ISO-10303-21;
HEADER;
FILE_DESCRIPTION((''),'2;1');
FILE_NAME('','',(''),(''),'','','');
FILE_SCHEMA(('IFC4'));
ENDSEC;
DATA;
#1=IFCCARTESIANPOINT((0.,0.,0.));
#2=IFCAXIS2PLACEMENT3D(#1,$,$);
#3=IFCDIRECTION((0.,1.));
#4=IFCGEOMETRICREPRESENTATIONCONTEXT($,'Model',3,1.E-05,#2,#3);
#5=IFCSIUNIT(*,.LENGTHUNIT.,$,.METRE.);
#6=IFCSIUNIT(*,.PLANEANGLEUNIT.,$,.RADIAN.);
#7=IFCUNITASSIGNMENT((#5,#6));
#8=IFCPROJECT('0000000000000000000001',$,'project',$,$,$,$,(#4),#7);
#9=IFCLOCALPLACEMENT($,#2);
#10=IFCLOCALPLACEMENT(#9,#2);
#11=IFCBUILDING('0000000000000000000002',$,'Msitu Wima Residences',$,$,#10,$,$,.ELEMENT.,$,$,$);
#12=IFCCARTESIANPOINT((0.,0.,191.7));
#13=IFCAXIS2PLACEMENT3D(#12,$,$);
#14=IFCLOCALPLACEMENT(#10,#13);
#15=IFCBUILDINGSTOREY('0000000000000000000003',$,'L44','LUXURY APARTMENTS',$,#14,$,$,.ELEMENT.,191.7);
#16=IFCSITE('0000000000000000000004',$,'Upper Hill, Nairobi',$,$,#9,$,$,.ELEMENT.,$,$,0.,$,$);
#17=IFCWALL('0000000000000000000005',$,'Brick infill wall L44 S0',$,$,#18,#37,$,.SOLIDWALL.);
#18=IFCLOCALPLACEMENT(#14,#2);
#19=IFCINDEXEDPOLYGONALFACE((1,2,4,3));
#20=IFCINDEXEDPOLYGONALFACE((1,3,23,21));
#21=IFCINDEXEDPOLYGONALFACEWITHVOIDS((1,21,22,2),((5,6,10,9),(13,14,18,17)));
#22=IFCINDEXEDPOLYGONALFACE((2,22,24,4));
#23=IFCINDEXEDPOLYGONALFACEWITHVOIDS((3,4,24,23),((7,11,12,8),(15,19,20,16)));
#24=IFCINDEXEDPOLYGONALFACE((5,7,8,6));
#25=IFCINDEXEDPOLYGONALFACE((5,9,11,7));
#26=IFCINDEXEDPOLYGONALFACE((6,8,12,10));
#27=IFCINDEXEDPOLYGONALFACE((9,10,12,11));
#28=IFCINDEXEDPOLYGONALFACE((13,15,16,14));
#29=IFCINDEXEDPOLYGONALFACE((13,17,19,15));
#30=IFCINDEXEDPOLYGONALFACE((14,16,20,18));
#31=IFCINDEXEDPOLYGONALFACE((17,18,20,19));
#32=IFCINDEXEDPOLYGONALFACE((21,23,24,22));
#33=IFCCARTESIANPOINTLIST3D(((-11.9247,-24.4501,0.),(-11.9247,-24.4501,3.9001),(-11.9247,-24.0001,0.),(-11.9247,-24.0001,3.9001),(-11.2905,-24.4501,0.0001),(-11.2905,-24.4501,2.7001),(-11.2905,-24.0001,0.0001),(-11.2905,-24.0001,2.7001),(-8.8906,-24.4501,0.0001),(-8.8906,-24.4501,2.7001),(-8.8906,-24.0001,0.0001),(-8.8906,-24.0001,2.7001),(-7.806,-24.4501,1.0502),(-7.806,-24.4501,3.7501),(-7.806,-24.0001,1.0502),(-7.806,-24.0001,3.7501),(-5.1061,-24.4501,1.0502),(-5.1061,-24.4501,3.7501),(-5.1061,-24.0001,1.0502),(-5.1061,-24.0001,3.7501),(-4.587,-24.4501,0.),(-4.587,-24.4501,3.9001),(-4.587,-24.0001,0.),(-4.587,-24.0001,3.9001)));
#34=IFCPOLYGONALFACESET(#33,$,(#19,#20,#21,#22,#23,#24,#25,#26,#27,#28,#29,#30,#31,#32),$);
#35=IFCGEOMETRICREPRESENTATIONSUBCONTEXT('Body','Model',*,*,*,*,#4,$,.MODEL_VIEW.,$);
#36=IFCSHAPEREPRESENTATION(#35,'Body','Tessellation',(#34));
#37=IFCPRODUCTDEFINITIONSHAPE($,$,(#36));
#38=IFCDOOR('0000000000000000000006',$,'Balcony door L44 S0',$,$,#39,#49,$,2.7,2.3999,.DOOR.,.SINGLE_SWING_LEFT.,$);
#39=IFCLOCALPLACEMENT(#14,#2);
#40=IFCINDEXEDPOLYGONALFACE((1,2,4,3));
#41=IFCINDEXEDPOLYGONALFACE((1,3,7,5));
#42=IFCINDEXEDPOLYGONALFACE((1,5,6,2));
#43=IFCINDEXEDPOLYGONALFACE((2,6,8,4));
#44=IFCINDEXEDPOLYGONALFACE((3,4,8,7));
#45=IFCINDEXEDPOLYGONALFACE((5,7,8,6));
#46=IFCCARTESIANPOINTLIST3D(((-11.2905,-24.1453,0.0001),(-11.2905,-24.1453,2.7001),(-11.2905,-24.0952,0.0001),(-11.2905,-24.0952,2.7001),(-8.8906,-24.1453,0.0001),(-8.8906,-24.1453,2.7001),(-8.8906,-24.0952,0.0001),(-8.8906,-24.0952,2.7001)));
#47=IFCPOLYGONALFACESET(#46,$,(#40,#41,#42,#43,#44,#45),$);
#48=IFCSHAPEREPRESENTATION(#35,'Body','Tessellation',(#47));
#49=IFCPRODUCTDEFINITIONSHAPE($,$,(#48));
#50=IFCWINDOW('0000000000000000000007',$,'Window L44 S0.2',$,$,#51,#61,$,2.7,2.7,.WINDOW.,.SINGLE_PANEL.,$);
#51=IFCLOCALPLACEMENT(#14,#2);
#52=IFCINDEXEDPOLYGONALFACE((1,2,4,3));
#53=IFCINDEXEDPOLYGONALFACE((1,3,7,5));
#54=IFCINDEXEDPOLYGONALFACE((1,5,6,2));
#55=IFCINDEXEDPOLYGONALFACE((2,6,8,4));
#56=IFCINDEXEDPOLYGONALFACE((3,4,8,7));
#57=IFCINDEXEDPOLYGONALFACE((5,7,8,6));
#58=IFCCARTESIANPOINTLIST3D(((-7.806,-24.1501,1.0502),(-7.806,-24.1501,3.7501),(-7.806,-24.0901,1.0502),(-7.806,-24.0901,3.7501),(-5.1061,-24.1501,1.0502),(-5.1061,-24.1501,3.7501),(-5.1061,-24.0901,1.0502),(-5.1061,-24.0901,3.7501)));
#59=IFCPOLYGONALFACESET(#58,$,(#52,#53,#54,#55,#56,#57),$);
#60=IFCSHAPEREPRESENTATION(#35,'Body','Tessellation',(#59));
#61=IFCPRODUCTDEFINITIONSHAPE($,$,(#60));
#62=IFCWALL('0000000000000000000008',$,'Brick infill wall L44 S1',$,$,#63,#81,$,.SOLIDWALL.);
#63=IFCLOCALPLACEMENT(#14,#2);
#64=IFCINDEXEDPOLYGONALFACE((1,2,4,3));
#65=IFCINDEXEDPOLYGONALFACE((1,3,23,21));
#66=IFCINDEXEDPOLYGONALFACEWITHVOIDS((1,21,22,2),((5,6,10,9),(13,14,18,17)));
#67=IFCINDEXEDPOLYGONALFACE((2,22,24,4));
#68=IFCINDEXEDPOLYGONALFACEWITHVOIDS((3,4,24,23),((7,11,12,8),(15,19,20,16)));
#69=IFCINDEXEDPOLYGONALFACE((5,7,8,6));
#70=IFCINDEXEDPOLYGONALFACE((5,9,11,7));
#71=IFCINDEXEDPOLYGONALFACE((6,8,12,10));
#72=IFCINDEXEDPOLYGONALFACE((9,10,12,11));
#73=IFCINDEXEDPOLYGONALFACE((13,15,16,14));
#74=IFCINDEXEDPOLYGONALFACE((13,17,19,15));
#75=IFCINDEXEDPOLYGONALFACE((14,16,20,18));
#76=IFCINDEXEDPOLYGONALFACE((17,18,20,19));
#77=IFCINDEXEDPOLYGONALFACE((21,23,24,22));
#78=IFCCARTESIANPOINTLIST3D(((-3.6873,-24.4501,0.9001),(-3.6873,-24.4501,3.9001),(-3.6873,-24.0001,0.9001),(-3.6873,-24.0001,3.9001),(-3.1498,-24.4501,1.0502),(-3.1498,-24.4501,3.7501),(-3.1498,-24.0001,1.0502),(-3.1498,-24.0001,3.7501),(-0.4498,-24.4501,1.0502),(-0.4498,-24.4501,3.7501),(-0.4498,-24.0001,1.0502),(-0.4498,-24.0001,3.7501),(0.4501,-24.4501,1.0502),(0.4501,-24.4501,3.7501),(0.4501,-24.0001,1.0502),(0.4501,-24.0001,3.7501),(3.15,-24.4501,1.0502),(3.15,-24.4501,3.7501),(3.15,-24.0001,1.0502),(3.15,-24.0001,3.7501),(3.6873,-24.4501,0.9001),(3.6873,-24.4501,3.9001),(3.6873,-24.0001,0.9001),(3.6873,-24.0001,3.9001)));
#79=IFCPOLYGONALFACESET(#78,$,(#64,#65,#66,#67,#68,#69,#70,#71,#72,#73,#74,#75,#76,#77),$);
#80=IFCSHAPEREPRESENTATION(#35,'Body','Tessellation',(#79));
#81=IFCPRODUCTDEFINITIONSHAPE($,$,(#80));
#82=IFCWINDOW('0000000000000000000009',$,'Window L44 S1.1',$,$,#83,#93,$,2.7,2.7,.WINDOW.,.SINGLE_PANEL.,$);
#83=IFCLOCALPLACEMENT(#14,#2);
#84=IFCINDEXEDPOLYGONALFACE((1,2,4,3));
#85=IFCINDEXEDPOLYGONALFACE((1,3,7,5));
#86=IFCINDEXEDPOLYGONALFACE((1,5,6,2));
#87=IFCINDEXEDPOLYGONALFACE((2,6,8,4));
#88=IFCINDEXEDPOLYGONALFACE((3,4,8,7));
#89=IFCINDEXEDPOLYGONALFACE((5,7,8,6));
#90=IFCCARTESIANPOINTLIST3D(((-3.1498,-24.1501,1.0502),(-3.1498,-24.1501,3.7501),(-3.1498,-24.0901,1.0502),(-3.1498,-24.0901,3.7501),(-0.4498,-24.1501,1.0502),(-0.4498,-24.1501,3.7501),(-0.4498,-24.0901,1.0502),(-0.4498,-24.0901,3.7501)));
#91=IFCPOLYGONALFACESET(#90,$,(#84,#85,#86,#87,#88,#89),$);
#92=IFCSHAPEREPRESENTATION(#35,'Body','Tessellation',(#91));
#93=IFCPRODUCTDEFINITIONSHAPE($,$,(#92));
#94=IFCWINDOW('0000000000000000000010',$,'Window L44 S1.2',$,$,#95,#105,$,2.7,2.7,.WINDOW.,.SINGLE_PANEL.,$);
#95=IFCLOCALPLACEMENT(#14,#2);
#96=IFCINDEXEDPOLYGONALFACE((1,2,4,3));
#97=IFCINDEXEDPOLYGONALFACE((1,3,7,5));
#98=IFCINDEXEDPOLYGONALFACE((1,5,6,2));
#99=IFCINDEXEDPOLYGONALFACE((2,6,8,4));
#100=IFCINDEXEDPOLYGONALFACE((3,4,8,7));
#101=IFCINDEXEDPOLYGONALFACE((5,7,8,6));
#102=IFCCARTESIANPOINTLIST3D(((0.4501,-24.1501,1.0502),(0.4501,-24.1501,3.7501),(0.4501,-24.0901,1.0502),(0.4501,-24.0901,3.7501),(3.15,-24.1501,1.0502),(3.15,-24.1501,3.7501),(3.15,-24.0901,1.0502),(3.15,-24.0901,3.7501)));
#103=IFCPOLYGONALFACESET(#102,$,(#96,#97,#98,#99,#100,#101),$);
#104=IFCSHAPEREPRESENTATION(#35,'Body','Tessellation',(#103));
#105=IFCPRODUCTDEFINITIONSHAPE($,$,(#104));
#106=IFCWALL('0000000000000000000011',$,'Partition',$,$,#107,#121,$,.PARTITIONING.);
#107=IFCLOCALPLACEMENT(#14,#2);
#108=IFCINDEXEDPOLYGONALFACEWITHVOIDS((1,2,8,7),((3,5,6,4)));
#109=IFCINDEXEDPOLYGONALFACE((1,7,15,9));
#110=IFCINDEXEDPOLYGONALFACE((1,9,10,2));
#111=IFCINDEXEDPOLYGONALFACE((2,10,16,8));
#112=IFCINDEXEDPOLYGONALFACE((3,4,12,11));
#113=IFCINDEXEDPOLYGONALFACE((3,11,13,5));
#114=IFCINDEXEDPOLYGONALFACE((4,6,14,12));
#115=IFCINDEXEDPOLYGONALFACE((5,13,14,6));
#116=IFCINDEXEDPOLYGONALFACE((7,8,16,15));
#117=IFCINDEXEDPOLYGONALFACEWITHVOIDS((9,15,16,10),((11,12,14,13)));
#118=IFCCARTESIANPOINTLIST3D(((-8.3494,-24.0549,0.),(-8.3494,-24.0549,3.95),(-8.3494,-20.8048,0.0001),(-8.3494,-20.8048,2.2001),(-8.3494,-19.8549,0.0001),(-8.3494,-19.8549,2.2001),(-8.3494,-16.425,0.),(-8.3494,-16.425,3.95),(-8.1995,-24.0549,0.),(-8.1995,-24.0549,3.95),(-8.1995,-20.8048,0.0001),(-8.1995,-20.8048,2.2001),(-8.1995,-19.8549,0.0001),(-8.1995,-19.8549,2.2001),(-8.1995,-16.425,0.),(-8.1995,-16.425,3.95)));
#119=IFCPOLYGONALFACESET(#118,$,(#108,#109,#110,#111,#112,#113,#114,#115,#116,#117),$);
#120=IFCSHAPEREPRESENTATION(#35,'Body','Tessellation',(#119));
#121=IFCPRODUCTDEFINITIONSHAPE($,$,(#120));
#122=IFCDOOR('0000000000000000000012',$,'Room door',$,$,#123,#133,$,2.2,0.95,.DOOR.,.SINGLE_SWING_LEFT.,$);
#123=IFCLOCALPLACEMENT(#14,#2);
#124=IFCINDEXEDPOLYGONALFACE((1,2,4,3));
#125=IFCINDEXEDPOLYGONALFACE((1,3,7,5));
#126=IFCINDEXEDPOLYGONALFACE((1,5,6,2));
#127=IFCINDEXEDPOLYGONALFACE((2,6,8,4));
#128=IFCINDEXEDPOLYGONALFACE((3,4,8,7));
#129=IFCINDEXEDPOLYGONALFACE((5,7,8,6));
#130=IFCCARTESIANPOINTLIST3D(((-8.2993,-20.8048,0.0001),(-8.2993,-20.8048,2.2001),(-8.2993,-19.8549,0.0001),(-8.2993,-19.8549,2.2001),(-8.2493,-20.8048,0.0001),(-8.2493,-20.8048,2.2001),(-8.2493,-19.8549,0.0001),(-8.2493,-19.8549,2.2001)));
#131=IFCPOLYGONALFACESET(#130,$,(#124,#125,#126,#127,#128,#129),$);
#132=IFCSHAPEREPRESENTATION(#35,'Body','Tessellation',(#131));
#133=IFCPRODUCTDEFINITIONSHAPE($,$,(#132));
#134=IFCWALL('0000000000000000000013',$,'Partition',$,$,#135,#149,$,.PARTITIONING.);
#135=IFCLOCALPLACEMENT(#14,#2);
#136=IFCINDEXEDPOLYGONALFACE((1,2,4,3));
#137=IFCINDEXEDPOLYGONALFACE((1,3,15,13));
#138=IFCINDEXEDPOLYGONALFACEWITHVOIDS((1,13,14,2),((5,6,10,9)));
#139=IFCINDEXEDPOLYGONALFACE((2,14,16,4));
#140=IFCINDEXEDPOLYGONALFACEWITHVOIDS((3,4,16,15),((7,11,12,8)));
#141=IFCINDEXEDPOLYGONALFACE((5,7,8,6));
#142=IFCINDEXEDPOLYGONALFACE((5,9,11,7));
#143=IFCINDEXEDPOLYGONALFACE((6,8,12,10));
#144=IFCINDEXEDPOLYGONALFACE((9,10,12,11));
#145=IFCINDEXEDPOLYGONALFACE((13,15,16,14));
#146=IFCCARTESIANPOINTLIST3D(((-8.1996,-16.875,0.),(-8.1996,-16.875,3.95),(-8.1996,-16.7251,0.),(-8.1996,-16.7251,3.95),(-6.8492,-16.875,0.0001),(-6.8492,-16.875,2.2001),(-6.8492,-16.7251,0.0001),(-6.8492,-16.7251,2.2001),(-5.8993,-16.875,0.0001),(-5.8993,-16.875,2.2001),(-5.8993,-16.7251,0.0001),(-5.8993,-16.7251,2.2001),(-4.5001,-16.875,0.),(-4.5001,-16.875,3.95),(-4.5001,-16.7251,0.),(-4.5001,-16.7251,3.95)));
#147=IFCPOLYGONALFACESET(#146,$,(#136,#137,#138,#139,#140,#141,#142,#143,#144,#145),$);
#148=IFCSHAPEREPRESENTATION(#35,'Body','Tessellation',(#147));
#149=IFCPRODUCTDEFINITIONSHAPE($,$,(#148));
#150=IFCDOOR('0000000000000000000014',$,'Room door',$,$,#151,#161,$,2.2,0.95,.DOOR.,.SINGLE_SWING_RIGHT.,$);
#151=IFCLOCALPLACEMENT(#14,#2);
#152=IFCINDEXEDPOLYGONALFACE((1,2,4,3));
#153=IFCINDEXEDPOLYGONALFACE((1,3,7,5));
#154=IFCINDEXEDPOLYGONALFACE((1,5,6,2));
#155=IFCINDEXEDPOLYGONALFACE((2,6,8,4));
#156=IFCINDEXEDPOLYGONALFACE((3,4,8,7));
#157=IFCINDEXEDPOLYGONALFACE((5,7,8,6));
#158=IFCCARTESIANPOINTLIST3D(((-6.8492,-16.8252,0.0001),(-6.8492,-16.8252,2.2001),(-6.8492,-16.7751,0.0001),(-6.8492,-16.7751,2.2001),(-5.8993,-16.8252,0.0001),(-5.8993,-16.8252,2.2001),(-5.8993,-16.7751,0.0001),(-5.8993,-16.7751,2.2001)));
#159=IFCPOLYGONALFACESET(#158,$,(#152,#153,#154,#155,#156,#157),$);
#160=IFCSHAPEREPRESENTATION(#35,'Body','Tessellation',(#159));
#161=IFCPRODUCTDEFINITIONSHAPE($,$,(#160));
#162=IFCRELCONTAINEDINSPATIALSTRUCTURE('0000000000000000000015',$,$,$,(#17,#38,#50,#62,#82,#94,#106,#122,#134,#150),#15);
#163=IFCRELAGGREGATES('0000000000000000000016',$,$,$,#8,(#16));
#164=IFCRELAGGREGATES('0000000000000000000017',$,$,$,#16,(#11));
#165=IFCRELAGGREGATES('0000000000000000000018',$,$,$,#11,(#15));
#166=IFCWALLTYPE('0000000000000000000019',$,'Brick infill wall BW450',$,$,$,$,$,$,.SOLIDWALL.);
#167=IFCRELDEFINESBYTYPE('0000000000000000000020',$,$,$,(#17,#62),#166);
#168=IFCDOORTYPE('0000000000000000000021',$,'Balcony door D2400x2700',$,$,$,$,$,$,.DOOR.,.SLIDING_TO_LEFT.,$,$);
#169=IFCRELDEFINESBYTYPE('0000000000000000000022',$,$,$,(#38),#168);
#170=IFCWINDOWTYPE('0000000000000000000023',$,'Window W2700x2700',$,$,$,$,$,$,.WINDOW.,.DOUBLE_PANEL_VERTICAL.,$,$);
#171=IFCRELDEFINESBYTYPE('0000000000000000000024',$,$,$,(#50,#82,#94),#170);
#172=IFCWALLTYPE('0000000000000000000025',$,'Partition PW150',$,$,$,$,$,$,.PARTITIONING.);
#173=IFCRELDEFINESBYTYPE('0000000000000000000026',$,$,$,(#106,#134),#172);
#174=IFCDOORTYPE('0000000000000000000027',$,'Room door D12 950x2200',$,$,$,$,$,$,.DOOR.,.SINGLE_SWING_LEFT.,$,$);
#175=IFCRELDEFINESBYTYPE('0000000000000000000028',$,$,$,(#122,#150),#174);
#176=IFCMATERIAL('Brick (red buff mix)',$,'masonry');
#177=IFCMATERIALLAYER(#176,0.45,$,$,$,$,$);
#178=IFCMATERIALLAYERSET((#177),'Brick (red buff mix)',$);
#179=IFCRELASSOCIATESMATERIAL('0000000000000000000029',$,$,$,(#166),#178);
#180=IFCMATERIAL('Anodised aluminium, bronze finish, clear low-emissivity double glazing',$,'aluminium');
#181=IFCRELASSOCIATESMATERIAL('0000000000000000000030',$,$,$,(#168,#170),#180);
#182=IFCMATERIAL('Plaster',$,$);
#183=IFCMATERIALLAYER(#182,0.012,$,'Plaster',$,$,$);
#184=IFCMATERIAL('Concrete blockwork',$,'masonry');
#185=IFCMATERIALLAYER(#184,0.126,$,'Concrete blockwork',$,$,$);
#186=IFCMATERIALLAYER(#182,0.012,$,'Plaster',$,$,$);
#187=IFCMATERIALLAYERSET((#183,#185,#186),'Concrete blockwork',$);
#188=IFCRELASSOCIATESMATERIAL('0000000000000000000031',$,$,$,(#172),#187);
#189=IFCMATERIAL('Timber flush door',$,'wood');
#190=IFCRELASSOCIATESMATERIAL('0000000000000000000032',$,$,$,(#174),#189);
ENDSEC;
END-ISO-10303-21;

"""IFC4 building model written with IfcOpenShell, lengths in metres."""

from ifc_helpers import new_model, si_unit, direction, frame, frame_2d, origin, place, context, subcontext, project, spatial, rectangle, extrude, material, layer, layer_set, type_object, element, fill, save


model = new_model("IFC4")

# Units and contexts
model_context = context("Model", 3, precision=1e-05, world=origin(), true_north=direction((0.0, 1.0)))
body_context = subcontext(model_context, "Body", "Model", "MODEL_VIEW")
ifc_project = project(units=[si_unit("LENGTHUNIT", "METRE"), si_unit("PLANEANGLEUNIT", "RADIAN")], contexts=[model_context])

# Site, building, storey
site_placement = place(None, origin())
site = spatial("IfcSite", under=ifc_project, at=site_placement, Name="Upper Hill, Nairobi", CompositionType="ELEMENT", RefElevation=0.0)
building_placement = place(site_placement, origin())
building = spatial("IfcBuilding", under=site, at=building_placement, Name="Msitu Wima Residences", CompositionType="ELEMENT")
storey_placement = place(building_placement, frame((0.0, 0.0, 191.7)))
storey = spatial("IfcBuildingStorey", under=building, at=storey_placement, Name="L44", Description="LUXURY APARTMENTS", CompositionType="ELEMENT", Elevation=191.7)

# Wall, openings, door, window
ifc_material_1 = material(Name="Brick (red buff mix)", Category="masonry")
ifc_layer_1 = layer(ifc_material_1, 0.45)
ifc_layer_set_1 = layer_set([ifc_layer_1], Name="Brick (red buff mix)")
wall_type_1 = type_object("IfcWallType", Name="Brick infill wall BW450", PredefinedType="SOLIDWALL", material=ifc_layer_set_1)
wall_1_placement = place(storey_placement, frame((-11.9248, -24.2251, 0.0), z_axis=(0.0, 0.0, 1.0), x_axis=(1.0, 0.0, 0.0)))
wall_1 = element("IfcWall", 1, at=wall_1_placement, inside=storey, type_object=wall_type_1, Name="Brick infill wall L44 S0", PredefinedType="SOLIDWALL", context=body_context, shape_type="SweptSolid", body=[
    extrude(rectangle(XDim=7.3376, YDim=0.45, at=frame_2d((3.6689, 0.0))), origin(), (0.0, 0.0, 1.0), 3.9001),
])
opening_1_placement = place(wall_1_placement, frame((0.6343, 0.0, 0.0)))
opening_1 = element("IfcOpeningElement", 2, at=opening_1_placement, cuts=wall_1, PredefinedType="OPENING", context=body_context, shape_type="SweptSolid", body=[
    extrude(rectangle(XDim=2.3999, YDim=2.7, at=frame_2d((1.2, 1.3501))), frame((0.0, 0.2349, 0.0), z_axis=(0.0, -1.0, 0.0), x_axis=(1.0, 0.0, 0.0)), (0.0, 0.0, 1.0), 0.47),
])
opening_2_placement = place(wall_1_placement, frame((4.1187, 0.0, 1.05)))
opening_2 = element("IfcOpeningElement", 3, at=opening_2_placement, cuts=wall_1, PredefinedType="OPENING", context=body_context, shape_type="SweptSolid", body=[
    extrude(rectangle(XDim=2.7, YDim=2.7, at=frame_2d((1.3501, 1.3501))), frame((0.0, 0.2349, 0.0), z_axis=(0.0, -1.0, 0.0), x_axis=(1.0, 0.0, 0.0)), (0.0, 0.0, 1.0), 0.47),
])
ifc_material_2 = material(Name="Anodised aluminium, bronze finish, clear low-emissivity double glazing", Category="aluminium")
door_type_1 = type_object("IfcDoorType", Name="Balcony door D2400x2700", OperationType="SLIDING_TO_LEFT", PredefinedType="DOOR", material=ifc_material_2)
door_1_placement = place(opening_1_placement, origin())
door_1 = element("IfcDoor", 4, at=door_1_placement, inside=storey, type_object=door_type_1, Name="Balcony door L44 S0", OperationType="SINGLE_SWING_LEFT", OverallHeight=2.7, OverallWidth=2.3999, PredefinedType="DOOR", context=body_context, shape_type="SweptSolid", body=[
    extrude(rectangle(XDim=2.3999, YDim=2.7, at=frame_2d((1.2, 1.3501))), frame((0.0, 0.1299, 0.0), z_axis=(0.0, -1.0, 0.0), x_axis=(1.0, 0.0, 0.0)), (0.0, 0.0, 1.0), 0.05),
])
fill(opening_1, door_1)
window_type = type_object("IfcWindowType", Name="Window W2700x2700", PartitioningType="DOUBLE_PANEL_VERTICAL", PredefinedType="WINDOW", material=ifc_material_2)
window_1_placement = place(opening_2_placement, origin())
window_1 = element("IfcWindow", 5, at=window_1_placement, inside=storey, type_object=window_type, Name="Window L44 S0.2", OverallHeight=2.7, OverallWidth=2.7, PartitioningType="SINGLE_PANEL", PredefinedType="WINDOW", context=body_context, shape_type="SweptSolid", body=[
    extrude(rectangle(XDim=2.7, YDim=2.7, at=frame_2d((1.3501, 1.3501))), frame((0.0, 0.135, 0.0), z_axis=(0.0, -1.0, 0.0), x_axis=(1.0, 0.0, 0.0)), (0.0, 0.0, 1.0), 0.0601),
])
fill(opening_2, window_1)

# Wall, openings, windows
wall_2_placement = place(storey_placement, frame((-3.6873, -24.2251, 0.9001), z_axis=(0.0, 0.0, 1.0), x_axis=(1.0, 0.0, 0.0)))
wall_2 = element("IfcWall", 6, at=wall_2_placement, inside=storey, type_object=wall_type_1, Name="Brick infill wall L44 S1", PredefinedType="SOLIDWALL", context=body_context, shape_type="SweptSolid", body=[
    extrude(rectangle(XDim=7.3745, YDim=0.45, at=frame_2d((3.6873, 0.0))), origin(), (0.0, 0.0, 1.0), 3.0),
])
opening_3_placement = place(wall_2_placement, frame((0.5374, 0.0, 0.1499)))
opening_3 = element("IfcOpeningElement", 7, at=opening_3_placement, cuts=wall_2, PredefinedType="OPENING", context=body_context, shape_type="SweptSolid", body=[
    extrude(rectangle(XDim=2.7, YDim=2.7, at=frame_2d((1.3501, 1.3501))), frame((0.0, 0.2349, 0.0), z_axis=(0.0, -1.0, 0.0), x_axis=(1.0, 0.0, 0.0)), (0.0, 0.0, 1.0), 0.47),
])
opening_4_placement = place(wall_2_placement, frame((4.1372, 0.0, 0.1499)))
opening_4 = element("IfcOpeningElement", 8, at=opening_4_placement, cuts=wall_2, PredefinedType="OPENING", context=body_context, shape_type="SweptSolid", body=[
    extrude(rectangle(XDim=2.7, YDim=2.7, at=frame_2d((1.3501, 1.3501))), frame((0.0, 0.2349, 0.0), z_axis=(0.0, -1.0, 0.0), x_axis=(1.0, 0.0, 0.0)), (0.0, 0.0, 1.0), 0.47),
])
window_2_placement = place(opening_3_placement, origin())
window_2 = element("IfcWindow", 9, at=window_2_placement, inside=storey, type_object=window_type, Name="Window L44 S1.1", OverallHeight=2.7, OverallWidth=2.7, PartitioningType="SINGLE_PANEL", PredefinedType="WINDOW", context=body_context, shape_type="SweptSolid", body=[
    extrude(rectangle(XDim=2.7, YDim=2.7, at=frame_2d((1.3501, 1.3501))), frame((0.0, 0.135, 0.0), z_axis=(0.0, -1.0, 0.0), x_axis=(1.0, 0.0, 0.0)), (0.0, 0.0, 1.0), 0.0601),
])
fill(opening_3, window_2)
window_3_placement = place(opening_4_placement, origin())
window_3 = element("IfcWindow", 10, at=window_3_placement, inside=storey, type_object=window_type, Name="Window L44 S1.2", OverallHeight=2.7, OverallWidth=2.7, PartitioningType="SINGLE_PANEL", PredefinedType="WINDOW", context=body_context, shape_type="SweptSolid", body=[
    extrude(rectangle(XDim=2.7, YDim=2.7, at=frame_2d((1.3501, 1.3501))), frame((0.0, 0.135, 0.0), z_axis=(0.0, -1.0, 0.0), x_axis=(1.0, 0.0, 0.0)), (0.0, 0.0, 1.0), 0.0601),
])
fill(opening_4, window_3)

# Walls, openings, doors
ifc_material_3 = material(Name="Plaster")
ifc_layer_2 = layer(ifc_material_3, 0.012, Name="Plaster")
ifc_material_4 = material(Name="Concrete blockwork", Category="masonry")
ifc_layer_3 = layer(ifc_material_4, 0.126, Name="Concrete blockwork")
ifc_layer_4 = layer(ifc_material_3, 0.012, Name="Plaster")
ifc_layer_set_2 = layer_set([ifc_layer_2, ifc_layer_3, ifc_layer_4], Name="Concrete blockwork")
wall_type_2 = type_object("IfcWallType", Name="Partition PW150", PredefinedType="PARTITIONING", material=ifc_layer_set_2)
wall_3_placement = place(storey_placement, frame((-8.2744, -24.0549, 0.0), z_axis=(0.0, 0.0, 1.0), x_axis=(0.0, 1.0, 0.0)))
wall_3 = element("IfcWall", 11, at=wall_3_placement, inside=storey, type_object=wall_type_2, Name="Partition", PredefinedType="PARTITIONING", context=body_context, shape_type="SweptSolid", body=[
    extrude(rectangle(XDim=7.6299, YDim=0.1499, at=frame_2d((3.8149, 0.0))), origin(), (0.0, 0.0, 1.0), 3.95),
])
opening_5_placement = place(wall_3_placement, frame((3.25, 0.0, 0.0)))
opening_5 = element("IfcOpeningElement", 12, at=opening_5_placement, cuts=wall_3, PredefinedType="OPENING", context=body_context, shape_type="SweptSolid", body=[
    extrude(rectangle(XDim=0.95, YDim=2.2, at=frame_2d((0.4751, 1.1001))), frame((0.0, 0.085, 0.0), z_axis=(0.0, -1.0, 0.0), x_axis=(1.0, 0.0, 0.0)), (0.0, 0.0, 1.0), 0.1699),
])
ifc_material_5 = material(Name="Timber flush door", Category="wood")
door_type_2 = type_object("IfcDoorType", Name="Room door D12 950x2200", OperationType="SINGLE_SWING_LEFT", PredefinedType="DOOR", material=ifc_material_5)
door_2_placement = place(opening_5_placement, origin())
door_2 = element("IfcDoor", 13, at=door_2_placement, inside=storey, type_object=door_type_2, Name="Room door", OperationType="SINGLE_SWING_LEFT", OverallHeight=2.2, OverallWidth=0.95, PredefinedType="DOOR", context=body_context, shape_type="SweptSolid", body=[
    extrude(rectangle(XDim=0.95, YDim=2.2, at=frame_2d((0.4751, 1.1001))), frame((0.0, 0.0249, 0.0), z_axis=(0.0, -1.0, 0.0), x_axis=(1.0, 0.0, 0.0)), (0.0, 0.0, 1.0), 0.05),
])
fill(opening_5, door_2)
wall_4_placement = place(storey_placement, frame((-8.1995, -16.8, 0.0), z_axis=(0.0, 0.0, 1.0), x_axis=(1.0, 0.0, 0.0)))
wall_4 = element("IfcWall", 14, at=wall_4_placement, inside=storey, type_object=wall_type_2, Name="Partition", PredefinedType="PARTITIONING", context=body_context, shape_type="SweptSolid", body=[
    extrude(rectangle(XDim=3.6995, YDim=0.1499, at=frame_2d((1.8496, 0.0))), origin(), (0.0, 0.0, 1.0), 3.95),
])
opening_6_placement = place(wall_4_placement, frame((1.3501, 0.0, 0.0)))
opening_6 = element("IfcOpeningElement", 15, at=opening_6_placement, cuts=wall_4, PredefinedType="OPENING", context=body_context, shape_type="SweptSolid", body=[
    extrude(rectangle(XDim=0.95, YDim=2.2, at=frame_2d((0.4751, 1.1001))), frame((0.0, 0.085, 0.0), z_axis=(0.0, -1.0, 0.0), x_axis=(1.0, 0.0, 0.0)), (0.0, 0.0, 1.0), 0.1699),
])
door_3_placement = place(opening_6_placement, origin())
door_3 = element("IfcDoor", 16, at=door_3_placement, inside=storey, type_object=door_type_2, Name="Room door", OperationType="SINGLE_SWING_RIGHT", OverallHeight=2.2, OverallWidth=0.95, PredefinedType="DOOR", context=body_context, shape_type="SweptSolid", body=[
    extrude(rectangle(XDim=0.95, YDim=2.2, at=frame_2d((0.4751, 1.1001))), frame((0.0, 0.0249, 0.0), z_axis=(0.0, -1.0, 0.0), x_axis=(1.0, 0.0, 0.0)), (0.0, 0.0, 1.0), 0.05),
])
fill(opening_6, door_3)

save(model, "model.ifc")
